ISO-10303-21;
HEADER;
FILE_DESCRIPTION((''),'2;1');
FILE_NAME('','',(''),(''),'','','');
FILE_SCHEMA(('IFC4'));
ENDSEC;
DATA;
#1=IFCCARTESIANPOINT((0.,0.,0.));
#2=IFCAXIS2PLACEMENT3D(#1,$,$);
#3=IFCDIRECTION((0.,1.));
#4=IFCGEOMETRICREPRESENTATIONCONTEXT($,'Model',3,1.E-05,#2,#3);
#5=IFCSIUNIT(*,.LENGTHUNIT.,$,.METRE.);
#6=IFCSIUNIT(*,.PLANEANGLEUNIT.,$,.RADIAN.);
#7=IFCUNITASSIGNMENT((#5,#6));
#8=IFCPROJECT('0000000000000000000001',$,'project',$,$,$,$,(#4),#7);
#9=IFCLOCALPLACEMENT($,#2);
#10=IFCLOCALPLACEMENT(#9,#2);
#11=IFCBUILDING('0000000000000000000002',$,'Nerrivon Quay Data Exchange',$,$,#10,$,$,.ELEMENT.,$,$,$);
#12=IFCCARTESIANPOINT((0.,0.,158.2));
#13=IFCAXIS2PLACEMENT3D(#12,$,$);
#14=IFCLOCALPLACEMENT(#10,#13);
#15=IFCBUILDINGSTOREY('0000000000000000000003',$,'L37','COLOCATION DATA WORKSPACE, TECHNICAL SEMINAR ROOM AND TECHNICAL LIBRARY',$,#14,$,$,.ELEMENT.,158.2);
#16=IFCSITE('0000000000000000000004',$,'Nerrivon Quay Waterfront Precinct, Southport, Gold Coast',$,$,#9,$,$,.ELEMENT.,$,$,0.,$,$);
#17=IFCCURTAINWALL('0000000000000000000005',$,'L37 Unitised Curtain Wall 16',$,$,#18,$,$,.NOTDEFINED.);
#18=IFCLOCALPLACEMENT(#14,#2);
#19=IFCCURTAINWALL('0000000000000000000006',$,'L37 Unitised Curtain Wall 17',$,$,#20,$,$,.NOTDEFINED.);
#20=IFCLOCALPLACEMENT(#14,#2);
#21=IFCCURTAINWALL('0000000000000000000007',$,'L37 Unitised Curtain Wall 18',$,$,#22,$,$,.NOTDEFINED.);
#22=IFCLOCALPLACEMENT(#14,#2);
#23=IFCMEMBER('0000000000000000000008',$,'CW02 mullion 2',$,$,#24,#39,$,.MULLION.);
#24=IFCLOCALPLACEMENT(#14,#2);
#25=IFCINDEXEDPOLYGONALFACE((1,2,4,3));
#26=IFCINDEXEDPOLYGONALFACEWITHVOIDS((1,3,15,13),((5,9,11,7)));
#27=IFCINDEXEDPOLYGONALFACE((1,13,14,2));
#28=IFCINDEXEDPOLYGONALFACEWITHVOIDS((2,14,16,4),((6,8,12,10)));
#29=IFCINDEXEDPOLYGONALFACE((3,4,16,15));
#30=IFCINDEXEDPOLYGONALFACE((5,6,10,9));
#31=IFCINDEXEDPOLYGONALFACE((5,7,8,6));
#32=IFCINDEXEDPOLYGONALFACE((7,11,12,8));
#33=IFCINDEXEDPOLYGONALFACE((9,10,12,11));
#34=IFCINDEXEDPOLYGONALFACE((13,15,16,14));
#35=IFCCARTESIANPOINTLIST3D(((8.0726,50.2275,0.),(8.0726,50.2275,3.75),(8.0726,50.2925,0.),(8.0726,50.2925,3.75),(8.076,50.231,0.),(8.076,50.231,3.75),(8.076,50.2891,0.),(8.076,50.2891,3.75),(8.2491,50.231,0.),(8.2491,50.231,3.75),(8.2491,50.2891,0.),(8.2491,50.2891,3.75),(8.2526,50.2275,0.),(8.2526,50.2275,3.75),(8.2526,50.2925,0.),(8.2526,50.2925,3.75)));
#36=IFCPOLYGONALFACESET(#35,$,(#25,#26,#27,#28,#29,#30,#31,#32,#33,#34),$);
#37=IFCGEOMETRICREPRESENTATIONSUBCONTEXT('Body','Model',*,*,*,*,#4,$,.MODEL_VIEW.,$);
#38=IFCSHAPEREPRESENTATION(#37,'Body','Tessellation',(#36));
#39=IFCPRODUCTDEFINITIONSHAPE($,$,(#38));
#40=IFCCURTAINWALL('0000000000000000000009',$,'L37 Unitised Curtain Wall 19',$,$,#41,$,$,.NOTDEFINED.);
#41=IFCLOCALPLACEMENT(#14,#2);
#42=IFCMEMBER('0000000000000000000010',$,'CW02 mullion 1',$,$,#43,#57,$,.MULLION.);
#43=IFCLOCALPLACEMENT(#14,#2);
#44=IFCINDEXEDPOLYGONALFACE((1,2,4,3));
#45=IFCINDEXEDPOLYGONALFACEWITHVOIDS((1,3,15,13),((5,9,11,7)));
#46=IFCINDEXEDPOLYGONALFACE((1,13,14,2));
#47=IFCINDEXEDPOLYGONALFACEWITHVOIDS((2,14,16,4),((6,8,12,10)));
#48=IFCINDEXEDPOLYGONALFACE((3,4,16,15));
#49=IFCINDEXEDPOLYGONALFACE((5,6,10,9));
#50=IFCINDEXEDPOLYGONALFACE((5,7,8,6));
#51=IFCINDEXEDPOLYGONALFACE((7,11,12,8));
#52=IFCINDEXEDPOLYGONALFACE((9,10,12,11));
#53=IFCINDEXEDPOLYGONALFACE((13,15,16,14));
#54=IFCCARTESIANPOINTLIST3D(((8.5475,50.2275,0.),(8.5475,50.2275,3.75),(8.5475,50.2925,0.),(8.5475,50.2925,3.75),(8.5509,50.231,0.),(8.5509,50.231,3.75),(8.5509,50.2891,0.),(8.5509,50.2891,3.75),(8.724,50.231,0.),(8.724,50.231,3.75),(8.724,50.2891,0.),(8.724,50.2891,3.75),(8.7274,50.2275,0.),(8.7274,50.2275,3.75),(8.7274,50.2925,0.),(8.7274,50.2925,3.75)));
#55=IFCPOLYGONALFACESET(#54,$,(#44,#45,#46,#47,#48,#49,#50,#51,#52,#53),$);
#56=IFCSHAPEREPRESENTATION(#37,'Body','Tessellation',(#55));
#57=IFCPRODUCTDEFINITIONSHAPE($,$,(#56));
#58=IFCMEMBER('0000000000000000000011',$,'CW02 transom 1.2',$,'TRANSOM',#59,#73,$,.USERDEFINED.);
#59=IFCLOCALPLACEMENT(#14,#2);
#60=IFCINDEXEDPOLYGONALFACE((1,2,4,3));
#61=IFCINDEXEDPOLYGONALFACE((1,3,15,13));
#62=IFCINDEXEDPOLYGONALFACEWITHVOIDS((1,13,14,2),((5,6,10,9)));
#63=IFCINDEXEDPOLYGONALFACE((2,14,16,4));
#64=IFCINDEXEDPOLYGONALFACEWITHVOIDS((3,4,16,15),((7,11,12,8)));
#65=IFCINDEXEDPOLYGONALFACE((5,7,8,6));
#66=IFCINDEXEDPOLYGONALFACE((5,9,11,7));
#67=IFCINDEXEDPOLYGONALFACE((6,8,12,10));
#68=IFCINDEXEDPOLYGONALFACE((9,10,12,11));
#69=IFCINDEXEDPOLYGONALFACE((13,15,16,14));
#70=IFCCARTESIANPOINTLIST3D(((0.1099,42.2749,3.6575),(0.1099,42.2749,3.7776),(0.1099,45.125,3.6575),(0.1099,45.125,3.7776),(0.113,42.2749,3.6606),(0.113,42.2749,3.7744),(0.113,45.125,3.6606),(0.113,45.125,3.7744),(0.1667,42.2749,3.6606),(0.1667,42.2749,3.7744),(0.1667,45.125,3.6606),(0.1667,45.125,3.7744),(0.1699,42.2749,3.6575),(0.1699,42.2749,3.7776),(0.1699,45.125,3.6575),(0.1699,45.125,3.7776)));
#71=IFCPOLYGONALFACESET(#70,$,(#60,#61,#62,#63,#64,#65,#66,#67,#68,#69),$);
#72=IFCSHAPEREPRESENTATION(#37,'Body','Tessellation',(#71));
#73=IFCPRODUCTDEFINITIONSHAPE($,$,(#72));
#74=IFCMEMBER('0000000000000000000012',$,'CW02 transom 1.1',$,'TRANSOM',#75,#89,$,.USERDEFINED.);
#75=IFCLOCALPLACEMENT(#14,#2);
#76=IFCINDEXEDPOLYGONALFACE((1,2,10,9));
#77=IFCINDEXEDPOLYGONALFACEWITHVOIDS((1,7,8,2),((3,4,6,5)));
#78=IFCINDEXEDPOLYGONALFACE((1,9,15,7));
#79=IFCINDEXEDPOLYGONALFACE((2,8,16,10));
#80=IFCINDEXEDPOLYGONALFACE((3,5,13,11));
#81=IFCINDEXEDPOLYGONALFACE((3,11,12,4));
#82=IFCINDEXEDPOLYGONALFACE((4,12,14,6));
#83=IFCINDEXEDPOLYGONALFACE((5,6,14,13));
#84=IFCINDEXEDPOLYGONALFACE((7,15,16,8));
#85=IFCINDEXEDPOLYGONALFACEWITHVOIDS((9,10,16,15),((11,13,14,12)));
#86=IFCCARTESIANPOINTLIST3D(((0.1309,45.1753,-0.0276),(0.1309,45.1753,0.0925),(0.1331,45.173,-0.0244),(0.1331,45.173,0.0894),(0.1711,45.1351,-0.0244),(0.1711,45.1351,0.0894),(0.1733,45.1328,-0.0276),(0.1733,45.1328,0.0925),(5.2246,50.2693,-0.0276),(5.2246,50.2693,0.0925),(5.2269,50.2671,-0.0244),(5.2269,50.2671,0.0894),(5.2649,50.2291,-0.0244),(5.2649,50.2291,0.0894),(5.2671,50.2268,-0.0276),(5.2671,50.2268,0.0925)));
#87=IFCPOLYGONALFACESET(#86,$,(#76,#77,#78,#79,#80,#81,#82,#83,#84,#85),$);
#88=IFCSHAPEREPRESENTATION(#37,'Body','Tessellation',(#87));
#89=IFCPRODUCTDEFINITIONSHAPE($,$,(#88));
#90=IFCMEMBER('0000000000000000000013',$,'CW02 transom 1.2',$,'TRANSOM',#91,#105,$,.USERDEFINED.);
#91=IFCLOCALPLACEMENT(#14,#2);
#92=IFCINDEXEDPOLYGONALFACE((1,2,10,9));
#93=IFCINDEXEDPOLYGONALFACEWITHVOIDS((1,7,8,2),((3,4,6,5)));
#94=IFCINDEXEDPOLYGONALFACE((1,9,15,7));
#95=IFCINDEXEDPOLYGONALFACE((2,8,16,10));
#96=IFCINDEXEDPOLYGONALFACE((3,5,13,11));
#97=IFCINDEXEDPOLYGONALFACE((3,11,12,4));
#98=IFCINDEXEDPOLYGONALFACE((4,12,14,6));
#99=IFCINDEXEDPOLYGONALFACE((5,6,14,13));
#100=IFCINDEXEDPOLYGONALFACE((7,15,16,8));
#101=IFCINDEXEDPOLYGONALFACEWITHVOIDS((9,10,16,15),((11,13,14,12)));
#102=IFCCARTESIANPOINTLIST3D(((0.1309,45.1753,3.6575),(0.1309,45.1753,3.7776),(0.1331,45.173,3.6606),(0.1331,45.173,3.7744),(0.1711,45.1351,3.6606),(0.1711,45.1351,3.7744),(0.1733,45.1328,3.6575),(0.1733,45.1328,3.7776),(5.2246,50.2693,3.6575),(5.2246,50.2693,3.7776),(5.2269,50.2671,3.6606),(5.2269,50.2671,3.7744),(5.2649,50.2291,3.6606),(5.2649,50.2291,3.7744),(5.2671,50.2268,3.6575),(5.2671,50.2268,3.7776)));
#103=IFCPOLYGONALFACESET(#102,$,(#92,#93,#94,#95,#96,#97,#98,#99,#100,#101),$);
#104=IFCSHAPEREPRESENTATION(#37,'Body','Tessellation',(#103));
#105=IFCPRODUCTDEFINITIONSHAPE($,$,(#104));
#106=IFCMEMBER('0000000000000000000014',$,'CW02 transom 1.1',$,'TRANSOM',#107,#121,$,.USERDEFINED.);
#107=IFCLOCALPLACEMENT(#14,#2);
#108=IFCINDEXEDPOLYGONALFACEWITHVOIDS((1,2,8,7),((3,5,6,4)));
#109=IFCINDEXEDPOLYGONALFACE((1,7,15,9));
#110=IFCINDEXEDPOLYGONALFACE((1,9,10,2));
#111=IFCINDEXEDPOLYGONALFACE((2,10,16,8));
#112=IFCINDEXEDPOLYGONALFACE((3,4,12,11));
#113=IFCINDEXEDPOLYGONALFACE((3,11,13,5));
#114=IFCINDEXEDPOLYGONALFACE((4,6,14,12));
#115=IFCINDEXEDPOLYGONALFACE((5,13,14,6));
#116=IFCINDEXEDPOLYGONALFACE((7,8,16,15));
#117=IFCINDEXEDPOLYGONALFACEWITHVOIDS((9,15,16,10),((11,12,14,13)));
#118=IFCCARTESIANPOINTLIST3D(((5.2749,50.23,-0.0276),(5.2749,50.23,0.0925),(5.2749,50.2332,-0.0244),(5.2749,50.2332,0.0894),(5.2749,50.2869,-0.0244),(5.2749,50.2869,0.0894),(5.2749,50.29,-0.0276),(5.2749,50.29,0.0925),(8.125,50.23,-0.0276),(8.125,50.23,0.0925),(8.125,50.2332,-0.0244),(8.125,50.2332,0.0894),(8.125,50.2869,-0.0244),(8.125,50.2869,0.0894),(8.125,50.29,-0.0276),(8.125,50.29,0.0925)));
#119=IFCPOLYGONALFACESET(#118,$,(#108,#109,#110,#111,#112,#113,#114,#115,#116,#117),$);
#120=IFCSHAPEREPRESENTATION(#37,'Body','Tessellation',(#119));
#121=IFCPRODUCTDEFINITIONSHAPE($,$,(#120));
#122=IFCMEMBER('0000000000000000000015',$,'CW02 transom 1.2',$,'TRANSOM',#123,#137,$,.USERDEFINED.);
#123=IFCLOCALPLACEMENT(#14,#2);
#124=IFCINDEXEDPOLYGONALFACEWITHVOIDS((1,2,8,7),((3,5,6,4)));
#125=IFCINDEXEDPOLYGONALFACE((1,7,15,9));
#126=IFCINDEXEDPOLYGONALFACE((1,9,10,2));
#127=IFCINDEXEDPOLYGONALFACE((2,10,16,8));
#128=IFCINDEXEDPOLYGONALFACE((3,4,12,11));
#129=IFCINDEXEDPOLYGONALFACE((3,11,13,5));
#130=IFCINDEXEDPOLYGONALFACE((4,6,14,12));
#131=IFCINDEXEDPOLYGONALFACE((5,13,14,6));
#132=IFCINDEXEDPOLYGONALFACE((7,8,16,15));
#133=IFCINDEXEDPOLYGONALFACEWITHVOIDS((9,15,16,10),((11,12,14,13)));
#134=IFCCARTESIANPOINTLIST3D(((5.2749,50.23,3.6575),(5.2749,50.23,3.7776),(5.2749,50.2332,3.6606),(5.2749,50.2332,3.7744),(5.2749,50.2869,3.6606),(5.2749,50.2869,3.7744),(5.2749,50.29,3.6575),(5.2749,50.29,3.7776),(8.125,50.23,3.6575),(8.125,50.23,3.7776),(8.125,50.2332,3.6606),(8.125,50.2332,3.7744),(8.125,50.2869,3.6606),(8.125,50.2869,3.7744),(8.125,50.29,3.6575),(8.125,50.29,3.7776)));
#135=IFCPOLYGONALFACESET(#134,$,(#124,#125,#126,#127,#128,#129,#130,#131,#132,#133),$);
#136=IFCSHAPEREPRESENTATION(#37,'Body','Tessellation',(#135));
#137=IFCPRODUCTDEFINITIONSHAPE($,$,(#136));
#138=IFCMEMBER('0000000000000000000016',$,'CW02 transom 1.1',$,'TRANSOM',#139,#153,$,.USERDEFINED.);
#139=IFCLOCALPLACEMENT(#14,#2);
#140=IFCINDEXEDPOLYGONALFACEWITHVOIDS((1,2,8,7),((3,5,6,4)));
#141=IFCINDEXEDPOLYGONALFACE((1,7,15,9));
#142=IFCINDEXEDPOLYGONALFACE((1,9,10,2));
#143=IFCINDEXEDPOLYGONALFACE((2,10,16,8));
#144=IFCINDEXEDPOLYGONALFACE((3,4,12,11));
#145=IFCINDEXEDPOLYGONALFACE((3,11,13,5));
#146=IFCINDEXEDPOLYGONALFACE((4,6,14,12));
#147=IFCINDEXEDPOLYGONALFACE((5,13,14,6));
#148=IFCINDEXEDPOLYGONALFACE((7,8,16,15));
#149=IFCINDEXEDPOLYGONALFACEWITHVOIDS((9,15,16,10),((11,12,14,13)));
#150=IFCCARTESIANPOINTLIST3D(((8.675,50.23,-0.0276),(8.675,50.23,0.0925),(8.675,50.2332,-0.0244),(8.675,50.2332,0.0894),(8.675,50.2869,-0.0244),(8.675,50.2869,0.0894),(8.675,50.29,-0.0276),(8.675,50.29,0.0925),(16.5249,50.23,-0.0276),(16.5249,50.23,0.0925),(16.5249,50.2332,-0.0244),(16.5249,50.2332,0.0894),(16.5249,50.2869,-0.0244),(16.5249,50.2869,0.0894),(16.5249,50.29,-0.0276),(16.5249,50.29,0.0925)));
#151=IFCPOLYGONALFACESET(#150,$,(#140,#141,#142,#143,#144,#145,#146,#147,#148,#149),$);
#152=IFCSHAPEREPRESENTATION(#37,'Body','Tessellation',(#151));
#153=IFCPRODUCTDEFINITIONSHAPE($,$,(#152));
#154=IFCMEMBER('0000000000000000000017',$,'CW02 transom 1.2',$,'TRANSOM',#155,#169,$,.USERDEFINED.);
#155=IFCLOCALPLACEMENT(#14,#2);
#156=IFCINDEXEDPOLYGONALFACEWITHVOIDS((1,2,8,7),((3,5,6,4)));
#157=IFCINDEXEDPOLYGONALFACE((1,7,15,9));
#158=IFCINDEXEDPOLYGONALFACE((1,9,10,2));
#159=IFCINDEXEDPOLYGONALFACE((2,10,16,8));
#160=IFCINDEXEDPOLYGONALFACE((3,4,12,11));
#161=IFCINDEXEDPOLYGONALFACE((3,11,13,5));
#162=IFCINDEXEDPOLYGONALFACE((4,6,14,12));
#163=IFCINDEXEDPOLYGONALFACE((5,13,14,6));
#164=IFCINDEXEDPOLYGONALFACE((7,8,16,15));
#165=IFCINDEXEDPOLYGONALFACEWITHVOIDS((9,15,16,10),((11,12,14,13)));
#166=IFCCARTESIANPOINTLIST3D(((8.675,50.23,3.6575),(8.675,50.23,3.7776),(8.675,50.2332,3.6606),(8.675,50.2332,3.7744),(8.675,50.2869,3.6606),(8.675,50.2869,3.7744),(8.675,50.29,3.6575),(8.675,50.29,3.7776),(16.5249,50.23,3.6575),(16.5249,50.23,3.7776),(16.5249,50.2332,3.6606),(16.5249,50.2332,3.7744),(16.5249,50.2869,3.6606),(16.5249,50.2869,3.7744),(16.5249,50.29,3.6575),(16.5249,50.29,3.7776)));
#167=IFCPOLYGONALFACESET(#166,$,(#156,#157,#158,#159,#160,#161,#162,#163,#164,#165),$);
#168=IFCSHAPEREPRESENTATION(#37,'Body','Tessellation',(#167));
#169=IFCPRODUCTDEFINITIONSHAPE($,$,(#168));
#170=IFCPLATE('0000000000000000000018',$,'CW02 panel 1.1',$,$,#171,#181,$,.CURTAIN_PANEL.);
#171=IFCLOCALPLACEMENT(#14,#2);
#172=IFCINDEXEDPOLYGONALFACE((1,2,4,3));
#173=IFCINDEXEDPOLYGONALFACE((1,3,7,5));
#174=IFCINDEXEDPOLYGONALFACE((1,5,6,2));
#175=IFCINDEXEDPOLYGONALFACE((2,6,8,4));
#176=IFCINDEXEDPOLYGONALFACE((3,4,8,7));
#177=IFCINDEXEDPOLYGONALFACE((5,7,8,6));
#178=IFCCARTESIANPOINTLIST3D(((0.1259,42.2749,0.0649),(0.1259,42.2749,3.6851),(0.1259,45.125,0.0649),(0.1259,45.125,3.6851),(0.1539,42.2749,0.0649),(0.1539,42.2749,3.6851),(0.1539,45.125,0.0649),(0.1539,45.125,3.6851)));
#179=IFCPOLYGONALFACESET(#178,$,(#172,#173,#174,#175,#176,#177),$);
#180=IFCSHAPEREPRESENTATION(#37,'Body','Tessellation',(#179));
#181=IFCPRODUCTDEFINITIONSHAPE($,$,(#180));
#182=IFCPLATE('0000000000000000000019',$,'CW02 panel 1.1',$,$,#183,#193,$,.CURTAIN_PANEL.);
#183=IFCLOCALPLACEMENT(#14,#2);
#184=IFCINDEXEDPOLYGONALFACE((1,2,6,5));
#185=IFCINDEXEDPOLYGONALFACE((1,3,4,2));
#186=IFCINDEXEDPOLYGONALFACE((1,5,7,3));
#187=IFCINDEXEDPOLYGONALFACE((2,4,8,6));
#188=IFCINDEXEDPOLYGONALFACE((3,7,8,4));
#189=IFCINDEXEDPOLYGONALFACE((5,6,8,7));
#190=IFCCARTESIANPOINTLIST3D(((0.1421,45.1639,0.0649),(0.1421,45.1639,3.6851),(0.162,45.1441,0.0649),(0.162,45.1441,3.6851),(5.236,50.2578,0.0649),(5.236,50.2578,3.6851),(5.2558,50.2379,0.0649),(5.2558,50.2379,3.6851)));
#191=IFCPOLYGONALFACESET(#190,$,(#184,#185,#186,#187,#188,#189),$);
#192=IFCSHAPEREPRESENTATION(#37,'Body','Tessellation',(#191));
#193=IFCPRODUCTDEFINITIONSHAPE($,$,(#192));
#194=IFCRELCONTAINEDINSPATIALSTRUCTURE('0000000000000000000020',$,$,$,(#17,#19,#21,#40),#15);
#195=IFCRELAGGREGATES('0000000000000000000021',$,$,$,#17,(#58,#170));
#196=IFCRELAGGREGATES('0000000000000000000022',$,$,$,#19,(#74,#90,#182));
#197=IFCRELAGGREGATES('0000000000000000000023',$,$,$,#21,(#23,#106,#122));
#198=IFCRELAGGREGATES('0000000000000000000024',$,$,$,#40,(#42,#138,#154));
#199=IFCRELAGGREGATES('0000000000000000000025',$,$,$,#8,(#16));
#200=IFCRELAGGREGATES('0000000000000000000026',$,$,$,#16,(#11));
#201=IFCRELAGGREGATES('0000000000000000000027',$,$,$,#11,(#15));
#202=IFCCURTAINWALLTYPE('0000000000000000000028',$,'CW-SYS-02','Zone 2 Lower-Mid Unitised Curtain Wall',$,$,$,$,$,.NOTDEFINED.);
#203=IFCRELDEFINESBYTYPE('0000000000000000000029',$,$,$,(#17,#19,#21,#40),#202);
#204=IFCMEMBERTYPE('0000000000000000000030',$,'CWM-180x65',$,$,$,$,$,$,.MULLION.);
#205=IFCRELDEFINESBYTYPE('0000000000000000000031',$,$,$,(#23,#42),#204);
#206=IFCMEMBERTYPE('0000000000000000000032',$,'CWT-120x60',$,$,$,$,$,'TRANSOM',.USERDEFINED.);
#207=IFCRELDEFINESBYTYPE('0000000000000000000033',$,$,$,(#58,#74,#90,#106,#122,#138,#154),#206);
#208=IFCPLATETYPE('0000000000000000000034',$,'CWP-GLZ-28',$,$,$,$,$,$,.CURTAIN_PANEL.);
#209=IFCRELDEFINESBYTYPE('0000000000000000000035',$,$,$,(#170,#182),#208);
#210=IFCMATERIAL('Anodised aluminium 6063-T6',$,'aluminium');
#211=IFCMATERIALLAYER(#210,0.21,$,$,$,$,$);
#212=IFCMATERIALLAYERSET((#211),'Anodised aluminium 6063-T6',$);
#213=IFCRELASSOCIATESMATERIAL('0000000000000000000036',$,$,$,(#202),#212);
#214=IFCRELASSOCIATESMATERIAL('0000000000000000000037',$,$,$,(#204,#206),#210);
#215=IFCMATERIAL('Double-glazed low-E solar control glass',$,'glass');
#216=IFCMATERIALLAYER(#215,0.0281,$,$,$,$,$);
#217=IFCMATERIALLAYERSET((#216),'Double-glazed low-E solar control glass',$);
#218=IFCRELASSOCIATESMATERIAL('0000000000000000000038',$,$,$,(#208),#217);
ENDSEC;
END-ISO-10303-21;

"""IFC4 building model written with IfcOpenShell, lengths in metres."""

from ifc_helpers import new_model, si_unit, direction, frame, origin, origin_2d, place, context, subcontext, project, spatial, rectangle, hollow_rectangle, extrude, material, layer, layer_set, material_profile, profile_set, type_object, element, aggregate, save


model = new_model("IFC4")

# Units and contexts
model_context = context("Model", 3, precision=1e-05, world=origin(), true_north=direction((0.0, 1.0)))
body_context = subcontext(model_context, "Body", "Model", "MODEL_VIEW")
ifc_project = project(units=[si_unit("LENGTHUNIT", "METRE"), si_unit("PLANEANGLEUNIT", "RADIAN")], contexts=[model_context])

# Site, building, storey
site_placement = place(None, origin())
site = spatial("IfcSite", under=ifc_project, at=site_placement, Name="Nerrivon Quay Waterfront Precinct, Southport, Gold Coast", CompositionType="ELEMENT", RefElevation=0.0)
building_placement = place(site_placement, origin())
building = spatial("IfcBuilding", under=site, at=building_placement, Name="Nerrivon Quay Data Exchange", CompositionType="ELEMENT")
storey_placement = place(building_placement, frame((0.0, 0.0, 158.2)))
storey = spatial("IfcBuildingStorey", under=building, at=storey_placement, Name="L37", Description="COLOCATION DATA WORKSPACE, TECHNICAL SEMINAR ROOM AND TECHNICAL LIBRARY", CompositionType="ELEMENT", Elevation=158.2)

# Curtain wall
ifc_material_1 = material(Name="Anodised aluminium 6063-T6", Category="aluminium")
ifc_layer_1 = layer(ifc_material_1, 0.21)
ifc_layer_set_1 = layer_set([ifc_layer_1], Name="Anodised aluminium 6063-T6")
curtain_wall_type = type_object("IfcCurtainWallType", Name="CW-SYS-02", Description="Zone 2 Lower-Mid Unitised Curtain Wall", PredefinedType="NOTDEFINED", material=ifc_layer_set_1)
curtain_wall_1_placement = place(storey_placement, origin())
curtain_wall_1 = element("IfcCurtainWall", 1, at=curtain_wall_1_placement, inside=storey, type_object=curtain_wall_type, Name="L37 Unitised Curtain Wall 16", PredefinedType="NOTDEFINED")
ifc_material_profile_1 = material_profile(ifc_material_1, hollow_rectangle(XDim=0.0649, YDim=0.1799, WallThickness=0.0034, at=origin_2d()), Name="ALU-MULL-180x65")
ifc_profile_set_1 = profile_set([ifc_material_profile_1], Name="Anodised aluminium 6063-T6")
member_type_1 = type_object("IfcMemberType", Name="CWM-180x65", PredefinedType="MULLION", material=ifc_profile_set_1)

# Curtain walls, member
curtain_wall_2_placement = place(storey_placement, origin())
curtain_wall_2 = element("IfcCurtainWall", 2, at=curtain_wall_2_placement, inside=storey, type_object=curtain_wall_type, Name="L37 Unitised Curtain Wall 17", PredefinedType="NOTDEFINED")
curtain_wall_3_placement = place(storey_placement, origin())
curtain_wall_3 = element("IfcCurtainWall", 3, at=curtain_wall_3_placement, inside=storey, type_object=curtain_wall_type, Name="L37 Unitised Curtain Wall 18", PredefinedType="NOTDEFINED")
member_1_placement = place(storey_placement, frame((8.1626, 50.26, 0.0), z_axis=(0.0, 0.0, 1.0), x_axis=(0.0, 1.0, 0.0)))
member_1 = element("IfcMember", 4, at=member_1_placement, type_object=member_type_1, Name="CW02 mullion 2", PredefinedType="MULLION", context=body_context, shape_type="SweptSolid", body=[
    extrude(hollow_rectangle(XDim=0.0649, YDim=0.1799, WallThickness=0.0034, at=origin_2d()), origin(), (0.0, 0.0, 1.0), 3.75),
])

# Curtain wall, member
curtain_wall_4_placement = place(storey_placement, origin())
curtain_wall_4 = element("IfcCurtainWall", 5, at=curtain_wall_4_placement, inside=storey, type_object=curtain_wall_type, Name="L37 Unitised Curtain Wall 19", PredefinedType="NOTDEFINED")
member_2_placement = place(storey_placement, frame((8.6375, 50.26, 0.0), z_axis=(0.0, 0.0, 1.0), x_axis=(0.0, 1.0, 0.0)))
member_2 = element("IfcMember", 6, at=member_2_placement, type_object=member_type_1, Name="CW02 mullion 1", PredefinedType="MULLION", context=body_context, shape_type="SweptSolid", body=[
    extrude(hollow_rectangle(XDim=0.0649, YDim=0.1799, WallThickness=0.0034, at=origin_2d()), origin(), (0.0, 0.0, 1.0), 3.75),
])

# Members
ifc_material_profile_2 = material_profile(ifc_material_1, hollow_rectangle(XDim=0.0601, YDim=0.1201, WallThickness=0.0032, at=origin_2d()), Name="ALU-TRAN-120x60")
ifc_profile_set_2 = profile_set([ifc_material_profile_2], Name="Anodised aluminium 6063-T6")
member_type_2 = type_object("IfcMemberType", Name="CWT-120x60", ElementType="TRANSOM", PredefinedType="USERDEFINED", material=ifc_profile_set_2)
member_3_placement = place(storey_placement, frame((0.1399, 42.2749, 3.7175), z_axis=(0.0, 1.0, 0.0), x_axis=(-1.0, 0.0, 0.0)))
member_3 = element("IfcMember", 7, at=member_3_placement, type_object=member_type_2, Name="CW02 transom 1.2", ObjectType="TRANSOM", PredefinedType="USERDEFINED", context=body_context, shape_type="SweptSolid", body=[
    extrude(hollow_rectangle(XDim=0.0601, YDim=0.1201, WallThickness=0.0032, at=origin_2d()), origin(), (0.0, 0.0, 1.0), 2.8501),
])
member_4_placement = place(storey_placement, frame((0.1521, 45.1541, 0.0325), z_axis=(0.70709, 0.707124, 0.0), x_axis=(-0.707124, 0.70709, 0.0)))
member_4 = element("IfcMember", 8, at=member_4_placement, type_object=member_type_2, Name="CW02 transom 1.1", ObjectType="TRANSOM", PredefinedType="USERDEFINED", context=body_context, shape_type="SweptSolid", body=[
    extrude(hollow_rectangle(XDim=0.0601, YDim=0.1201, WallThickness=0.0032, at=origin_2d()), origin(), (0.0, 0.0, 1.0), 7.2039),
])
member_5_placement = place(storey_placement, frame((0.1521, 45.1541, 3.7175), z_axis=(0.70709, 0.707124, 0.0), x_axis=(-0.707124, 0.70709, 0.0)))
member_5 = element("IfcMember", 9, at=member_5_placement, type_object=member_type_2, Name="CW02 transom 1.2", ObjectType="TRANSOM", PredefinedType="USERDEFINED", context=body_context, shape_type="SweptSolid", body=[
    extrude(hollow_rectangle(XDim=0.0601, YDim=0.1201, WallThickness=0.0032, at=origin_2d()), origin(), (0.0, 0.0, 1.0), 7.2039),
])
member_6_placement = place(storey_placement, frame((5.2749, 50.26, 0.0325), z_axis=(1.0, 0.0, 0.0), x_axis=(0.0, 1.0, 0.0)))
member_6 = element("IfcMember", 10, at=member_6_placement, type_object=member_type_2, Name="CW02 transom 1.1", ObjectType="TRANSOM", PredefinedType="USERDEFINED", context=body_context, shape_type="SweptSolid", body=[
    extrude(hollow_rectangle(XDim=0.0601, YDim=0.1201, WallThickness=0.0032, at=origin_2d()), origin(), (0.0, 0.0, 1.0), 2.8501),
])
member_7_placement = place(storey_placement, frame((5.2749, 50.26, 3.7175), z_axis=(1.0, 0.0, 0.0), x_axis=(0.0, 1.0, 0.0)))
member_7 = element("IfcMember", 11, at=member_7_placement, type_object=member_type_2, Name="CW02 transom 1.2", ObjectType="TRANSOM", PredefinedType="USERDEFINED", context=body_context, shape_type="SweptSolid", body=[
    extrude(hollow_rectangle(XDim=0.0601, YDim=0.1201, WallThickness=0.0032, at=origin_2d()), origin(), (0.0, 0.0, 1.0), 2.8501),
])
member_8_placement = place(storey_placement, frame((8.675, 50.26, 0.0325), z_axis=(1.0, 0.0, 0.0), x_axis=(0.0, 1.0, 0.0)))
member_8 = element("IfcMember", 12, at=member_8_placement, type_object=member_type_2, Name="CW02 transom 1.1", ObjectType="TRANSOM", PredefinedType="USERDEFINED", context=body_context, shape_type="SweptSolid", body=[
    extrude(hollow_rectangle(XDim=0.0601, YDim=0.1201, WallThickness=0.0032, at=origin_2d()), origin(), (0.0, 0.0, 1.0), 7.8499),
])
member_9_placement = place(storey_placement, frame((8.675, 50.26, 3.7175), z_axis=(1.0, 0.0, 0.0), x_axis=(0.0, 1.0, 0.0)))
member_9 = element("IfcMember", 13, at=member_9_placement, type_object=member_type_2, Name="CW02 transom 1.2", ObjectType="TRANSOM", PredefinedType="USERDEFINED", context=body_context, shape_type="SweptSolid", body=[
    extrude(hollow_rectangle(XDim=0.0601, YDim=0.1201, WallThickness=0.0032, at=origin_2d()), origin(), (0.0, 0.0, 1.0), 7.8499),
])

# Plates
ifc_material_2 = material(Name="Double-glazed low-E solar control glass", Category="glass")
ifc_layer_2 = layer(ifc_material_2, 0.0281)
ifc_layer_set_2 = layer_set([ifc_layer_2], Name="Double-glazed low-E solar control glass")
plate_type = type_object("IfcPlateType", Name="CWP-GLZ-28", PredefinedType="CURTAIN_PANEL", material=ifc_layer_set_2)
plate_1_placement = place(storey_placement, frame((0.1399, 43.7, 0.0649), z_axis=(0.0, 0.0, 1.0), x_axis=(0.0, 1.0, 0.0)))
plate_1 = element("IfcPlate", 14, at=plate_1_placement, type_object=plate_type, Name="CW02 panel 1.1", PredefinedType="CURTAIN_PANEL", context=body_context, shape_type="SweptSolid", body=[
    extrude(rectangle(XDim=2.8501, YDim=0.0281, at=origin_2d()), origin(), (0.0, 0.0, 1.0), 3.6201),
])
aggregate(curtain_wall_1, [member_3, plate_1])
plate_2_placement = place(storey_placement, frame((2.699, 47.7009, 0.0649), z_axis=(0.0, 0.0, 1.0), x_axis=(0.707107, 0.707107, 0.0)))
plate_2 = element("IfcPlate", 15, at=plate_2_placement, type_object=plate_type, Name="CW02 panel 1.1", PredefinedType="CURTAIN_PANEL", context=body_context, shape_type="SweptSolid", body=[
    extrude(rectangle(XDim=7.2039, YDim=0.0281, at=origin_2d()), origin(), (0.0, 0.0, 1.0), 3.6201),
])
aggregate(curtain_wall_2, [member_4, member_5, plate_2])
aggregate(curtain_wall_3, [member_1, member_6, member_7])
aggregate(curtain_wall_4, [member_2, member_8, member_9])

save(model, "model.ifc")
